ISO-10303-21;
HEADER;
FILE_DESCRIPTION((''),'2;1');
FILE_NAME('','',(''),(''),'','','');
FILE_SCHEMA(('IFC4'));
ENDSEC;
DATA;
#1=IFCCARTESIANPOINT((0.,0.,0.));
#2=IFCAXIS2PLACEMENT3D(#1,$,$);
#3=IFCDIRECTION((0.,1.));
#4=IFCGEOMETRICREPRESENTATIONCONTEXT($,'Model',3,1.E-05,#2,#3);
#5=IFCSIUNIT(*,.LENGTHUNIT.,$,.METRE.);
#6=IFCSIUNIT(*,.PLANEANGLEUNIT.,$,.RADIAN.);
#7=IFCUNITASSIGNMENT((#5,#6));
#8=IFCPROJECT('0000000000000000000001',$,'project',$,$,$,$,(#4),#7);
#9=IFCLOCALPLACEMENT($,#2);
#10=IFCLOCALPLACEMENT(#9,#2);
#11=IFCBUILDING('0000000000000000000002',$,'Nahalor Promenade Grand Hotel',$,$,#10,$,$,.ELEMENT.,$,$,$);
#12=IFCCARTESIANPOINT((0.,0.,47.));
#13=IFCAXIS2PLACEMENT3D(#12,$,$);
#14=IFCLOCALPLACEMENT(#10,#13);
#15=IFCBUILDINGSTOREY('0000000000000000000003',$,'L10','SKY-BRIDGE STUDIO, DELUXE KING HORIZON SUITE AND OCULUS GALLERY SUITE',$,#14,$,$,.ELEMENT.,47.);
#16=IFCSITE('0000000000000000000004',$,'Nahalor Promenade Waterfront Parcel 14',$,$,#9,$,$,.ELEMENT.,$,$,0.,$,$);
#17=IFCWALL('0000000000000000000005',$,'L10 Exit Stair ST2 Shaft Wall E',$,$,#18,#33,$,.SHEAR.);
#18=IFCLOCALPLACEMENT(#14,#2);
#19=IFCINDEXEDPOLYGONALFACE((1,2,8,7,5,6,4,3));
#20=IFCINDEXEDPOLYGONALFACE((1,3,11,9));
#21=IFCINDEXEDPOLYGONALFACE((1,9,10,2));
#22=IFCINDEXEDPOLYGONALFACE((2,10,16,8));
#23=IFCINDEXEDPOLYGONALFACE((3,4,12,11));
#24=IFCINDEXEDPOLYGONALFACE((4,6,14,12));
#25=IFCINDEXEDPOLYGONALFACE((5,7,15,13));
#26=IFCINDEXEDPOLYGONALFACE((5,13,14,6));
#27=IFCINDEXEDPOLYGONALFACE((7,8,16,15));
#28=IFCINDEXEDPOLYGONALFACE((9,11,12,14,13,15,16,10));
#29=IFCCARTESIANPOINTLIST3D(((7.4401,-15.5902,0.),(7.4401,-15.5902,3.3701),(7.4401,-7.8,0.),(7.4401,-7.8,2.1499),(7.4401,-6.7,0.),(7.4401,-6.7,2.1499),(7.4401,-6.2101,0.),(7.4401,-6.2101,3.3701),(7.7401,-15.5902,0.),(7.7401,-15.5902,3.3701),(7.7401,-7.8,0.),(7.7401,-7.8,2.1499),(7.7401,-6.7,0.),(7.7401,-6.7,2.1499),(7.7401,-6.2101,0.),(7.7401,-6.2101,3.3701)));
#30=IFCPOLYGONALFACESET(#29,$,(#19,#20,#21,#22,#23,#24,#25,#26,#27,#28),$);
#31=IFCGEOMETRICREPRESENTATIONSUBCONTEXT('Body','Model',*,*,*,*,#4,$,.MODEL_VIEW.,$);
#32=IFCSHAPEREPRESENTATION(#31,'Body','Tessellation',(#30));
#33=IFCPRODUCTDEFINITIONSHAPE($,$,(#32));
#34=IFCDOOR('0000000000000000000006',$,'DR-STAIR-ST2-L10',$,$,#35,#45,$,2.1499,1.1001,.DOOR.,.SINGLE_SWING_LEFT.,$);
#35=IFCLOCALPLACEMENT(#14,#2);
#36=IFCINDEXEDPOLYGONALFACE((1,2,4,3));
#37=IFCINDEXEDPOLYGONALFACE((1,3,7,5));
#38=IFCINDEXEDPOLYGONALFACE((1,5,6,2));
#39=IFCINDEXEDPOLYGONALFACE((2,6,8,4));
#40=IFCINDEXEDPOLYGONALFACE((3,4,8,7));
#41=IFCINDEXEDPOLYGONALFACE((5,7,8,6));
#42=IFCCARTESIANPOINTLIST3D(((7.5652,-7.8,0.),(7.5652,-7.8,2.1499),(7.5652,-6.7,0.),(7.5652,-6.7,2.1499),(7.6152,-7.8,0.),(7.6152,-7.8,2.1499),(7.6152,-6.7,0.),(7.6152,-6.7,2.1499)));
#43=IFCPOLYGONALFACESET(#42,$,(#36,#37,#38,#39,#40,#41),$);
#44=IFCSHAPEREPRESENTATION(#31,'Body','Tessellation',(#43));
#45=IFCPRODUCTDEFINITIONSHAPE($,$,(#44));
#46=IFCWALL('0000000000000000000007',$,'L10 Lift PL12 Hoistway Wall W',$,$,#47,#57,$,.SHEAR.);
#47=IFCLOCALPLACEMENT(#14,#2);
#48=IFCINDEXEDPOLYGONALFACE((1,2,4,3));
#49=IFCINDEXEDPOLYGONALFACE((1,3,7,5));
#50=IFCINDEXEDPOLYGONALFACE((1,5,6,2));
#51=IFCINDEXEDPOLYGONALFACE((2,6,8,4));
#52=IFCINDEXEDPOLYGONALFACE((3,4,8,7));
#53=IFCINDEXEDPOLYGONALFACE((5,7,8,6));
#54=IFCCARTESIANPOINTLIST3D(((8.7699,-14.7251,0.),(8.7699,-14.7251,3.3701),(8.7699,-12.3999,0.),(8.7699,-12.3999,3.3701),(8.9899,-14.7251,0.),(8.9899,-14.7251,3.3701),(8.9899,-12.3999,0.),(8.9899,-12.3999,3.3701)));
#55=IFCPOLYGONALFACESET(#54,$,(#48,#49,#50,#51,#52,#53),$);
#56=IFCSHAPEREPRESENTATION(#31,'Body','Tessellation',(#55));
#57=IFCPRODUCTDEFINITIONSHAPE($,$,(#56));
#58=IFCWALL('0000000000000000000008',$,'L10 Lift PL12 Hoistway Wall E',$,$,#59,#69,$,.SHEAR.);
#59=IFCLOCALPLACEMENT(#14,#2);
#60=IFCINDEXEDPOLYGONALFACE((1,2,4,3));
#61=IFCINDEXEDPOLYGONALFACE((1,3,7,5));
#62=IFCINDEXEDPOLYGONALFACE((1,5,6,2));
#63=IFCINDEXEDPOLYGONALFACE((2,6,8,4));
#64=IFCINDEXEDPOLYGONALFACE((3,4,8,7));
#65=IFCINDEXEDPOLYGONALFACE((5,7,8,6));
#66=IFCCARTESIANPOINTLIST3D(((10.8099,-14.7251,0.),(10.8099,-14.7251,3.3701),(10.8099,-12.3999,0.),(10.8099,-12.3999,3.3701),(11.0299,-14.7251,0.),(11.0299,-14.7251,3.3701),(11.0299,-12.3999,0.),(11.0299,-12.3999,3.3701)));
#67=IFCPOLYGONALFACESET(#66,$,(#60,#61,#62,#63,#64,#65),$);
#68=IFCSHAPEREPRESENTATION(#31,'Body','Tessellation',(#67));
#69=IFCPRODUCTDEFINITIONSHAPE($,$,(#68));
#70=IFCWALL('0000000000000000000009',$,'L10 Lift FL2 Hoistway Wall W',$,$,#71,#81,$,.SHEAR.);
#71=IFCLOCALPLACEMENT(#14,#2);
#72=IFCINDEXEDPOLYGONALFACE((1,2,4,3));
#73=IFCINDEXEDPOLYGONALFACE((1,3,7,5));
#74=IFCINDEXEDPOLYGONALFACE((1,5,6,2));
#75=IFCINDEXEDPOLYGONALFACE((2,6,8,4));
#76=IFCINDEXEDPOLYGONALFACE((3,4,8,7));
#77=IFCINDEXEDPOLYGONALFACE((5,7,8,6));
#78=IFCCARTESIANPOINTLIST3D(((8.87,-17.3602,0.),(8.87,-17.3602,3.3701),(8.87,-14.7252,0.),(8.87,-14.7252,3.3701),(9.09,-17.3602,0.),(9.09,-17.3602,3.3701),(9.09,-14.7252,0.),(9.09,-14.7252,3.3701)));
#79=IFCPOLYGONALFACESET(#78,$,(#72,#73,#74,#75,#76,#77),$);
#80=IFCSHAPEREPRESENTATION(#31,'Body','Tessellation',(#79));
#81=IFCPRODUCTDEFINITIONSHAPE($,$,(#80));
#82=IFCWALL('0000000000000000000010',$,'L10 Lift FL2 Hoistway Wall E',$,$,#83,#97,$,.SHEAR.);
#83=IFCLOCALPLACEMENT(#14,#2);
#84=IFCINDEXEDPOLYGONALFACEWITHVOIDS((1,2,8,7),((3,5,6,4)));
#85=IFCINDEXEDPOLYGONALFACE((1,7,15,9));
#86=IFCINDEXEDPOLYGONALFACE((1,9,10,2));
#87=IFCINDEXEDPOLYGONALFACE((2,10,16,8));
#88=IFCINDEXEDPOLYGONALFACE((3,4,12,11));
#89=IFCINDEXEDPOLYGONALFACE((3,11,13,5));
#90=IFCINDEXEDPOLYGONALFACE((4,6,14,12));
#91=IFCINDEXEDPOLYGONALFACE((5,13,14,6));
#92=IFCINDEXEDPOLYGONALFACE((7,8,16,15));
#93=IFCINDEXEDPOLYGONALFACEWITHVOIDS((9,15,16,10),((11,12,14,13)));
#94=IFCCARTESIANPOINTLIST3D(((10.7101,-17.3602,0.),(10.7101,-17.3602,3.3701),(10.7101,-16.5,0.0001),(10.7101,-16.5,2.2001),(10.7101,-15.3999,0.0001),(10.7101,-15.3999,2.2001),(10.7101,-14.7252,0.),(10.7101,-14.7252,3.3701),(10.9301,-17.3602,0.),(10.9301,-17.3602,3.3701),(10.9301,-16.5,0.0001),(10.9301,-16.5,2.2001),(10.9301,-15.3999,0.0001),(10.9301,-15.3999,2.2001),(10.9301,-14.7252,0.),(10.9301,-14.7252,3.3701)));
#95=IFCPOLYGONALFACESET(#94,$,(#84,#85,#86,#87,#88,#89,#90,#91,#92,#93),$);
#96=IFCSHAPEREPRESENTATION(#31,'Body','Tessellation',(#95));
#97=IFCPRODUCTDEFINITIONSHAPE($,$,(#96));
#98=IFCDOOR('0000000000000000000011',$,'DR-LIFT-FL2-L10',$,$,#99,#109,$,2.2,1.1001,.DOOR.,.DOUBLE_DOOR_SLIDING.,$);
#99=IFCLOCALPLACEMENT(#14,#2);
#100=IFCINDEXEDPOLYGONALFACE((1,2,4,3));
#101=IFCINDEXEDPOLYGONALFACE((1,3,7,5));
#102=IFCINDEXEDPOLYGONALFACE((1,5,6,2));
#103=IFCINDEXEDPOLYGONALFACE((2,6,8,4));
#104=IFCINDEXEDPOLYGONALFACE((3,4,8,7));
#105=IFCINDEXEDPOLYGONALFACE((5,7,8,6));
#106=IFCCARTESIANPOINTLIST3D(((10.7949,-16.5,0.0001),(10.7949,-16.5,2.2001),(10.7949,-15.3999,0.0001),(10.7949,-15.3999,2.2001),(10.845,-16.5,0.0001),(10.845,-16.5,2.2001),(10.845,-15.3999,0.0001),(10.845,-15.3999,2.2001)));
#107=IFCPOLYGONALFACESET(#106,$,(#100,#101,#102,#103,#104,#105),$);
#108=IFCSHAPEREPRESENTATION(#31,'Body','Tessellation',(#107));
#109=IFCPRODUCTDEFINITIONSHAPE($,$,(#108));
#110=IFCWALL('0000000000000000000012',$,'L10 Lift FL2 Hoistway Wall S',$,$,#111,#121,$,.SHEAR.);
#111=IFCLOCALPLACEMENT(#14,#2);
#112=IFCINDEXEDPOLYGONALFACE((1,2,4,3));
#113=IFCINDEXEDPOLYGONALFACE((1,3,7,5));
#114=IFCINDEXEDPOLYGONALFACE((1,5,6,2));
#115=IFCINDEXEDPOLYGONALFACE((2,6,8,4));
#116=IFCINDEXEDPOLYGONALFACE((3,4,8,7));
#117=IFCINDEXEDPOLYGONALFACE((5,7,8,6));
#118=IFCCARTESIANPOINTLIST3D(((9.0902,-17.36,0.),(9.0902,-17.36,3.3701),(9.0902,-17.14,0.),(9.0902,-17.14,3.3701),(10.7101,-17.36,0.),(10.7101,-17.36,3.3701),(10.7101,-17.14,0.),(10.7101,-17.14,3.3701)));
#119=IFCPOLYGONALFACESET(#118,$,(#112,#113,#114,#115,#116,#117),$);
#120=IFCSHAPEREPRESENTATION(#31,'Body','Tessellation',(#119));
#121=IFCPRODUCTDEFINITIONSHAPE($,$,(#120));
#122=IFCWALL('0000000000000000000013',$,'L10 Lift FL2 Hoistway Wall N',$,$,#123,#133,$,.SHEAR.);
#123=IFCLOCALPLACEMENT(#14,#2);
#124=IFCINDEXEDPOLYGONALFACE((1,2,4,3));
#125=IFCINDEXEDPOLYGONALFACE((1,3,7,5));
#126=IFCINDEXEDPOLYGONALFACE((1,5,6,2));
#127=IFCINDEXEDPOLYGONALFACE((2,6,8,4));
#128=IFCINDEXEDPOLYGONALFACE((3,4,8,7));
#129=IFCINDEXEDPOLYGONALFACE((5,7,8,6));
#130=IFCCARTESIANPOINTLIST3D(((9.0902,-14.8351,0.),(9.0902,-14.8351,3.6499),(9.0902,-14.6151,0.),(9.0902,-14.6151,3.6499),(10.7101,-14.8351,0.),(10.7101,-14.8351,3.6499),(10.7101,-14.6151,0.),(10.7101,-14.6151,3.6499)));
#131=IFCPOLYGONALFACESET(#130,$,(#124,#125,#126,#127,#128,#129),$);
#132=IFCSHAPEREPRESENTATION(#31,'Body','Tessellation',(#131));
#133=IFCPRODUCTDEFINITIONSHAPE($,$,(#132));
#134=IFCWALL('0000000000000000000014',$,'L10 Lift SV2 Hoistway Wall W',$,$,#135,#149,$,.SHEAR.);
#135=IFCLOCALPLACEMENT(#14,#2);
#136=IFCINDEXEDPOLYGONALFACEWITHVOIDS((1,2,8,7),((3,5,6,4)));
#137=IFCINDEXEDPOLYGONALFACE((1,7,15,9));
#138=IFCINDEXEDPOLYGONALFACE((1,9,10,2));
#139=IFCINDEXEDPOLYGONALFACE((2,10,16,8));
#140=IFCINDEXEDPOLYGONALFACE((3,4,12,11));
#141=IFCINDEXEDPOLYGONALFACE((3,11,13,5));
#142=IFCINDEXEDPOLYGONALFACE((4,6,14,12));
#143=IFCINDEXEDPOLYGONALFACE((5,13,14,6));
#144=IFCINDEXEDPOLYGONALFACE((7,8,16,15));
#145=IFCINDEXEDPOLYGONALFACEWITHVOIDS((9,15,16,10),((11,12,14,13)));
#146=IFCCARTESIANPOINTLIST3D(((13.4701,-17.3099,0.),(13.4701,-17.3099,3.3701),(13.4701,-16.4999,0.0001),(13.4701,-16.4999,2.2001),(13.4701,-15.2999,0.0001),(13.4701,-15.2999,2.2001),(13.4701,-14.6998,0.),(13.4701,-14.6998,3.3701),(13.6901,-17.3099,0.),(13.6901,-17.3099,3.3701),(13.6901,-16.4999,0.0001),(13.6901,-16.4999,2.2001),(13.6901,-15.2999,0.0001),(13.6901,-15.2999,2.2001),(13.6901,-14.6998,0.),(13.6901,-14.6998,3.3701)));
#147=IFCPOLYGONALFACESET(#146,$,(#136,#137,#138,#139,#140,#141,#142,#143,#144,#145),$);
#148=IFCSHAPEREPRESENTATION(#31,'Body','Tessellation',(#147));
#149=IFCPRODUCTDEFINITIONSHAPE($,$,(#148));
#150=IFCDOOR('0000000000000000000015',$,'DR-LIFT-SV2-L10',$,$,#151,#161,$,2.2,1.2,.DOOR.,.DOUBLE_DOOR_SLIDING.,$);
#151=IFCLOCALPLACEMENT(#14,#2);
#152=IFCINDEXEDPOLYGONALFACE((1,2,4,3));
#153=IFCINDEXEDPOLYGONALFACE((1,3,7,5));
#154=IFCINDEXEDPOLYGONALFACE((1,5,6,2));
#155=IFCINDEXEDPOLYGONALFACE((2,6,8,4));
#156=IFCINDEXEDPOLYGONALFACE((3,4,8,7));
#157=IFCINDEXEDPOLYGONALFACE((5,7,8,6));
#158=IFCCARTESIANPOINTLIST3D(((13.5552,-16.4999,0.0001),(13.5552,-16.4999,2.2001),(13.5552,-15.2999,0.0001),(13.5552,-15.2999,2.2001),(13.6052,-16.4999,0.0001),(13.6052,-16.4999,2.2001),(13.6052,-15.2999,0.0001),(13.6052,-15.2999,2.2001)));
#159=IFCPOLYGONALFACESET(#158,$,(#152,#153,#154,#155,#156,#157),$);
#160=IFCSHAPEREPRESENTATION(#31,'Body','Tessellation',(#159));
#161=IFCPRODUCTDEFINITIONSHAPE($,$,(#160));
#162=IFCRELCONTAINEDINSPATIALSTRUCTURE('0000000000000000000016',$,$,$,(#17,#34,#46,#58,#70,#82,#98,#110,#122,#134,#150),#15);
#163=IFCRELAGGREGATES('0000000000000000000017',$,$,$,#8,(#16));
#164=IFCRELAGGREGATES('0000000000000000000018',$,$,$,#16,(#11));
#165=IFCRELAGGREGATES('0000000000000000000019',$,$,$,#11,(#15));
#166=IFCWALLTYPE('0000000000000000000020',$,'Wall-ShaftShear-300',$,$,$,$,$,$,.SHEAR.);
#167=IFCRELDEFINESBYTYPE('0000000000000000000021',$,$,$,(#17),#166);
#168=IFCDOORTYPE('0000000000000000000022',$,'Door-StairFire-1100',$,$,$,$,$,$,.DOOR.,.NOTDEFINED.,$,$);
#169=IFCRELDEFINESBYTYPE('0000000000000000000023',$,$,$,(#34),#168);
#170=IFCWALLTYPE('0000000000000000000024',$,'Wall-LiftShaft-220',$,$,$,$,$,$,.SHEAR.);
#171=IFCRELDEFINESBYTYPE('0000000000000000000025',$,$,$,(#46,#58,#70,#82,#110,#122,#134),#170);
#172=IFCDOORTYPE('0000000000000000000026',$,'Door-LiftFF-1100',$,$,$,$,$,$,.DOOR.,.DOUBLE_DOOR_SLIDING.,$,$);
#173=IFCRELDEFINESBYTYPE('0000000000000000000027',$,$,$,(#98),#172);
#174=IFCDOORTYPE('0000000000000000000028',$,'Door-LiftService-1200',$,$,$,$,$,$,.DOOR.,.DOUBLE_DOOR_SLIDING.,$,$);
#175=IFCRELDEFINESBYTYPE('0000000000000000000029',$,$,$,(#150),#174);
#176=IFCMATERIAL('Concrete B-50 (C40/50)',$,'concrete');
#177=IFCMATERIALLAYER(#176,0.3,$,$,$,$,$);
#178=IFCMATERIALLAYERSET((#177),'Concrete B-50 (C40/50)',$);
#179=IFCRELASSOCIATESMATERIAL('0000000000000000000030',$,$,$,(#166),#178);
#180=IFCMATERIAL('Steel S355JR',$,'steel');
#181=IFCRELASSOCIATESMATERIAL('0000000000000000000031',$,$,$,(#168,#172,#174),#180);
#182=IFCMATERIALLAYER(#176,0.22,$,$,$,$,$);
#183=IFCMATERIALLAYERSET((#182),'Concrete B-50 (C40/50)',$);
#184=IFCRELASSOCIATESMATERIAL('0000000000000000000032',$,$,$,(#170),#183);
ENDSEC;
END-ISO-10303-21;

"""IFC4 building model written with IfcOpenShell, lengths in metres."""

from ifc_helpers import new_model, si_unit, direction, frame, frame_2d, origin, place, context, subcontext, project, spatial, rectangle, extrude, source, transform, mapped, material, layer, layer_set, type_object, element, fill, save


model = new_model("IFC4")

# Units and contexts
model_context = context("Model", 3, precision=1e-05, world=origin(), true_north=direction((0.0, 1.0)))
body_context = subcontext(model_context, "Body", "Model", "MODEL_VIEW")
ifc_project = project(units=[si_unit("LENGTHUNIT", "METRE"), si_unit("PLANEANGLEUNIT", "RADIAN")], contexts=[model_context])

# Site, building, storey
site_placement = place(None, origin())
site = spatial("IfcSite", under=ifc_project, at=site_placement, Name="Nahalor Promenade Waterfront Parcel 14", CompositionType="ELEMENT", RefElevation=0.0)
building_placement = place(site_placement, origin())
building = spatial("IfcBuilding", under=site, at=building_placement, Name="Nahalor Promenade Grand Hotel", CompositionType="ELEMENT")
storey_placement = place(building_placement, frame((0.0, 0.0, 47.0)))
storey = spatial("IfcBuildingStorey", under=building, at=storey_placement, Name="L10", Description="SKY-BRIDGE STUDIO, DELUXE KING HORIZON SUITE AND OCULUS GALLERY SUITE", CompositionType="ELEMENT", Elevation=47.0)

# Shared definitions
ifc_material_1 = material(Name="Steel S355JR", Category="steel")

# Shared definitions
ifc_material_2 = material(Name="Concrete B-50 (C40/50)", Category="concrete")
ifc_layer_1 = layer(ifc_material_2, 0.3)
ifc_layer_set_1 = layer_set([ifc_layer_1], Name="Concrete B-50 (C40/50)")
wall_type_1 = type_object("IfcWallType", Name="Wall-ShaftShear-300", PredefinedType="SHEAR", material=ifc_layer_set_1)
shared_shape_1 = source(origin(), body_context, "Body", "SweptSolid", [
    extrude(rectangle(XDim=9.3801, YDim=0.3, at=frame_2d((4.6899, 0.0))), origin(), (0.0, 0.0, 1.0), 3.3701),
])

# Wall, opening, door
wall_1_placement = place(storey_placement, frame((7.5901, -15.5901, 0.0), z_axis=(0.0, 0.0, 1.0), x_axis=(0.0, 1.0, 0.0)))
wall_1 = element("IfcWall", 1, at=wall_1_placement, inside=storey, type_object=wall_type_1, Name="L10 Exit Stair ST2 Shaft Wall E", PredefinedType="SHEAR", context=body_context, shape_type="MappedRepresentation", body=[
    mapped(shared_shape_1, transform((0.0, 0.0, 0.0), scale=1.0)),
])
opening_1_placement = place(wall_1_placement, frame((7.79, 0.0, 0.0)))
opening_1 = element("IfcOpeningElement", 2, at=opening_1_placement, cuts=wall_1, PredefinedType="OPENING", context=body_context, shape_type="SweptSolid", body=[
    extrude(rectangle(XDim=1.1001, YDim=2.1499, at=frame_2d((0.55, 1.075))), frame((0.0, 0.1599, 0.0), z_axis=(0.0, -1.0, 0.0), x_axis=(1.0, 0.0, 0.0)), (0.0, 0.0, 1.0), 0.3201),
])
door_type_1 = type_object("IfcDoorType", Name="Door-StairFire-1100", OperationType="NOTDEFINED", PredefinedType="DOOR", material=ifc_material_1)
shared_shape_2 = source(origin(), body_context, "Body", "SweptSolid", [
    extrude(rectangle(XDim=1.1001, YDim=2.1499, at=frame_2d((0.55, 1.075))), frame((0.0, 0.0249, 0.0), z_axis=(0.0, -1.0, 0.0), x_axis=(1.0, 0.0, 0.0)), (0.0, 0.0, 1.0), 0.05),
])
door_1_placement = place(opening_1_placement, origin())
door_1 = element("IfcDoor", 3, at=door_1_placement, inside=storey, type_object=door_type_1, Name="DR-STAIR-ST2-L10", OperationType="SINGLE_SWING_LEFT", OverallHeight=2.1499, OverallWidth=1.1001, PredefinedType="DOOR", context=body_context, shape_type="MappedRepresentation", body=[
    mapped(shared_shape_2, transform((0.0, 0.0, 0.0), scale=1.0)),
])
fill(opening_1, door_1)

# Walls
ifc_layer_2 = layer(ifc_material_2, 0.22)
ifc_layer_set_2 = layer_set([ifc_layer_2], Name="Concrete B-50 (C40/50)")
wall_type_2 = type_object("IfcWallType", Name="Wall-LiftShaft-220", PredefinedType="SHEAR", material=ifc_layer_set_2)
shared_shape_3 = source(origin(), body_context, "Body", "SweptSolid", [
    extrude(rectangle(XDim=2.3252, YDim=0.22, at=frame_2d((1.1626, 0.0))), origin(), (0.0, 0.0, 1.0), 3.3701),
])
for number, where, z_axis, x_axis, name in (
    (4, (8.8799, -14.7251, 0.0), (0.0, 0.0, 1.0), (0.0, 1.0, 0.0), "L10 Lift PL12 Hoistway Wall W"),
    (5, (10.9199, -14.7251, 0.0), (0.0, 0.0, 1.0), (0.0, 1.0, 0.0), "L10 Lift PL12 Hoistway Wall E"),
):
    element("IfcWall", number, at=place(storey_placement, frame(where, z_axis=z_axis, x_axis=x_axis)), inside=storey, type_object=wall_type_2, Name=name, PredefinedType="SHEAR", context=body_context, shape_type="MappedRepresentation", body=[
        mapped(shared_shape_3, transform((0.0, 0.0, 0.0), scale=1.0)),
    ])
shared_shape_4 = source(origin(), body_context, "Body", "SweptSolid", [
    extrude(rectangle(XDim=2.635, YDim=0.22, at=frame_2d((1.3174, 0.0))), origin(), (0.0, 0.0, 1.0), 3.3701),
])
wall_2_placement = place(storey_placement, frame((8.98, -17.3601, 0.0), z_axis=(0.0, 0.0, 1.0), x_axis=(0.0, 1.0, 0.0)))
element("IfcWall", 6, at=wall_2_placement, inside=storey, type_object=wall_type_2, Name="L10 Lift FL2 Hoistway Wall W", PredefinedType="SHEAR", context=body_context, shape_type="MappedRepresentation", body=[
    mapped(shared_shape_4, transform((0.0, 0.0, 0.0), scale=1.0)),
])

# Wall, opening, door
wall_3_placement = place(storey_placement, frame((10.8201, -17.3601, 0.0), z_axis=(0.0, 0.0, 1.0), x_axis=(0.0, 1.0, 0.0)))
wall_3 = element("IfcWall", 7, at=wall_3_placement, inside=storey, type_object=wall_type_2, Name="L10 Lift FL2 Hoistway Wall E", PredefinedType="SHEAR", context=body_context, shape_type="MappedRepresentation", body=[
    mapped(shared_shape_4, transform((0.0, 0.0, 0.0), scale=1.0)),
])
opening_2_placement = place(wall_3_placement, frame((0.8601, 0.0, 0.0)))
opening_2 = element("IfcOpeningElement", 8, at=opening_2_placement, cuts=wall_3, PredefinedType="OPENING", context=body_context, shape_type="SweptSolid", body=[
    extrude(rectangle(XDim=1.1001, YDim=2.2, at=frame_2d((0.55, 1.1001))), frame((0.0, 0.1199, 0.0), z_axis=(0.0, -1.0, 0.0), x_axis=(1.0, 0.0, 0.0)), (0.0, 0.0, 1.0), 0.24),
])
door_type_2 = type_object("IfcDoorType", Name="Door-LiftFF-1100", OperationType="DOUBLE_DOOR_SLIDING", PredefinedType="DOOR", material=ifc_material_1)
shared_shape_5 = source(origin(), body_context, "Body", "SweptSolid", [
    extrude(rectangle(XDim=1.1001, YDim=2.2, at=frame_2d((0.55, 1.1001))), frame((0.0, 0.0249, 0.0), z_axis=(0.0, -1.0, 0.0), x_axis=(1.0, 0.0, 0.0)), (0.0, 0.0, 1.0), 0.05),
])
door_2_placement = place(opening_2_placement, frame((1.1001, 0.0, 0.0), z_axis=(0.0, 0.0, 1.0), x_axis=(-1.0, 0.0, 0.0)))
door_2 = element("IfcDoor", 9, at=door_2_placement, inside=storey, type_object=door_type_2, Name="DR-LIFT-FL2-L10", OperationType="DOUBLE_DOOR_SLIDING", OverallHeight=2.2, OverallWidth=1.1001, PredefinedType="DOOR", context=body_context, shape_type="MappedRepresentation", body=[
    mapped(shared_shape_5, transform((0.0, 0.0, 0.0), scale=1.0)),
])
fill(opening_2, door_2)

# Walls
shared_shape_6 = source(origin(), body_context, "Body", "SweptSolid", [
    extrude(rectangle(XDim=1.6199, YDim=0.22, at=frame_2d((0.8101, 0.0))), origin(), (0.0, 0.0, 1.0), 3.3701),
])
wall_4_placement = place(storey_placement, frame((9.0901, -17.25, 0.0), z_axis=(0.0, 0.0, 1.0), x_axis=(1.0, 0.0, 0.0)))
element("IfcWall", 10, at=wall_4_placement, inside=storey, type_object=wall_type_2, Name="L10 Lift FL2 Hoistway Wall S", PredefinedType="SHEAR", context=body_context, shape_type="MappedRepresentation", body=[
    mapped(shared_shape_6, transform((0.0, 0.0, 0.0), scale=1.0)),
])
shared_shape_7 = source(origin(), body_context, "Body", "SweptSolid", [
    extrude(rectangle(XDim=1.6199, YDim=0.22, at=frame_2d((0.8101, 0.0))), origin(), (0.0, 0.0, 1.0), 3.6499),
])
wall_5_placement = place(storey_placement, frame((9.0901, -14.7251, 0.0), z_axis=(0.0, 0.0, 1.0), x_axis=(1.0, 0.0, 0.0)))
element("IfcWall", 11, at=wall_5_placement, inside=storey, type_object=wall_type_2, Name="L10 Lift FL2 Hoistway Wall N", PredefinedType="SHEAR", context=body_context, shape_type="MappedRepresentation", body=[
    mapped(shared_shape_7, transform((0.0, 0.0, 0.0), scale=1.0)),
])

# Wall, opening, door
shared_shape_8 = source(origin(), body_context, "Body", "SweptSolid", [
    extrude(rectangle(XDim=2.6101, YDim=0.22, at=frame_2d((1.3052, 0.0))), origin(), (0.0, 0.0, 1.0), 3.3701),
])
wall_6_placement = place(storey_placement, frame((13.5801, -17.3101, 0.0), z_axis=(0.0, 0.0, 1.0), x_axis=(0.0, 1.0, 0.0)))
wall_6 = element("IfcWall", 12, at=wall_6_placement, inside=storey, type_object=wall_type_2, Name="L10 Lift SV2 Hoistway Wall W", PredefinedType="SHEAR", context=body_context, shape_type="MappedRepresentation", body=[
    mapped(shared_shape_8, transform((0.0, 0.0, 0.0), scale=1.0)),
])
opening_3_placement = place(wall_6_placement, frame((0.8101, 0.0, 0.0)))
opening_3 = element("IfcOpeningElement", 13, at=opening_3_placement, cuts=wall_6, PredefinedType="OPENING", context=body_context, shape_type="SweptSolid", body=[
    extrude(rectangle(XDim=1.2, YDim=2.2, at=frame_2d((0.6001, 1.1001))), frame((0.0, 0.1199, 0.0), z_axis=(0.0, -1.0, 0.0), x_axis=(1.0, 0.0, 0.0)), (0.0, 0.0, 1.0), 0.24),
])
door_type_3 = type_object("IfcDoorType", Name="Door-LiftService-1200", OperationType="DOUBLE_DOOR_SLIDING", PredefinedType="DOOR", material=ifc_material_1)
shared_shape_9 = source(origin(), body_context, "Body", "SweptSolid", [
    extrude(rectangle(XDim=1.2, YDim=2.2, at=frame_2d((0.6001, 1.1001))), frame((0.0, 0.0249, 0.0), z_axis=(0.0, -1.0, 0.0), x_axis=(1.0, 0.0, 0.0)), (0.0, 0.0, 1.0), 0.05),
])
door_3_placement = place(opening_3_placement, origin())
door_3 = element("IfcDoor", 14, at=door_3_placement, inside=storey, type_object=door_type_3, Name="DR-LIFT-SV2-L10", OperationType="DOUBLE_DOOR_SLIDING", OverallHeight=2.2, OverallWidth=1.2, PredefinedType="DOOR", context=body_context, shape_type="MappedRepresentation", body=[
    mapped(shared_shape_9, transform((0.0, 0.0, 0.0), scale=1.0)),
])
fill(opening_3, door_3)

save(model, "model.ifc")
